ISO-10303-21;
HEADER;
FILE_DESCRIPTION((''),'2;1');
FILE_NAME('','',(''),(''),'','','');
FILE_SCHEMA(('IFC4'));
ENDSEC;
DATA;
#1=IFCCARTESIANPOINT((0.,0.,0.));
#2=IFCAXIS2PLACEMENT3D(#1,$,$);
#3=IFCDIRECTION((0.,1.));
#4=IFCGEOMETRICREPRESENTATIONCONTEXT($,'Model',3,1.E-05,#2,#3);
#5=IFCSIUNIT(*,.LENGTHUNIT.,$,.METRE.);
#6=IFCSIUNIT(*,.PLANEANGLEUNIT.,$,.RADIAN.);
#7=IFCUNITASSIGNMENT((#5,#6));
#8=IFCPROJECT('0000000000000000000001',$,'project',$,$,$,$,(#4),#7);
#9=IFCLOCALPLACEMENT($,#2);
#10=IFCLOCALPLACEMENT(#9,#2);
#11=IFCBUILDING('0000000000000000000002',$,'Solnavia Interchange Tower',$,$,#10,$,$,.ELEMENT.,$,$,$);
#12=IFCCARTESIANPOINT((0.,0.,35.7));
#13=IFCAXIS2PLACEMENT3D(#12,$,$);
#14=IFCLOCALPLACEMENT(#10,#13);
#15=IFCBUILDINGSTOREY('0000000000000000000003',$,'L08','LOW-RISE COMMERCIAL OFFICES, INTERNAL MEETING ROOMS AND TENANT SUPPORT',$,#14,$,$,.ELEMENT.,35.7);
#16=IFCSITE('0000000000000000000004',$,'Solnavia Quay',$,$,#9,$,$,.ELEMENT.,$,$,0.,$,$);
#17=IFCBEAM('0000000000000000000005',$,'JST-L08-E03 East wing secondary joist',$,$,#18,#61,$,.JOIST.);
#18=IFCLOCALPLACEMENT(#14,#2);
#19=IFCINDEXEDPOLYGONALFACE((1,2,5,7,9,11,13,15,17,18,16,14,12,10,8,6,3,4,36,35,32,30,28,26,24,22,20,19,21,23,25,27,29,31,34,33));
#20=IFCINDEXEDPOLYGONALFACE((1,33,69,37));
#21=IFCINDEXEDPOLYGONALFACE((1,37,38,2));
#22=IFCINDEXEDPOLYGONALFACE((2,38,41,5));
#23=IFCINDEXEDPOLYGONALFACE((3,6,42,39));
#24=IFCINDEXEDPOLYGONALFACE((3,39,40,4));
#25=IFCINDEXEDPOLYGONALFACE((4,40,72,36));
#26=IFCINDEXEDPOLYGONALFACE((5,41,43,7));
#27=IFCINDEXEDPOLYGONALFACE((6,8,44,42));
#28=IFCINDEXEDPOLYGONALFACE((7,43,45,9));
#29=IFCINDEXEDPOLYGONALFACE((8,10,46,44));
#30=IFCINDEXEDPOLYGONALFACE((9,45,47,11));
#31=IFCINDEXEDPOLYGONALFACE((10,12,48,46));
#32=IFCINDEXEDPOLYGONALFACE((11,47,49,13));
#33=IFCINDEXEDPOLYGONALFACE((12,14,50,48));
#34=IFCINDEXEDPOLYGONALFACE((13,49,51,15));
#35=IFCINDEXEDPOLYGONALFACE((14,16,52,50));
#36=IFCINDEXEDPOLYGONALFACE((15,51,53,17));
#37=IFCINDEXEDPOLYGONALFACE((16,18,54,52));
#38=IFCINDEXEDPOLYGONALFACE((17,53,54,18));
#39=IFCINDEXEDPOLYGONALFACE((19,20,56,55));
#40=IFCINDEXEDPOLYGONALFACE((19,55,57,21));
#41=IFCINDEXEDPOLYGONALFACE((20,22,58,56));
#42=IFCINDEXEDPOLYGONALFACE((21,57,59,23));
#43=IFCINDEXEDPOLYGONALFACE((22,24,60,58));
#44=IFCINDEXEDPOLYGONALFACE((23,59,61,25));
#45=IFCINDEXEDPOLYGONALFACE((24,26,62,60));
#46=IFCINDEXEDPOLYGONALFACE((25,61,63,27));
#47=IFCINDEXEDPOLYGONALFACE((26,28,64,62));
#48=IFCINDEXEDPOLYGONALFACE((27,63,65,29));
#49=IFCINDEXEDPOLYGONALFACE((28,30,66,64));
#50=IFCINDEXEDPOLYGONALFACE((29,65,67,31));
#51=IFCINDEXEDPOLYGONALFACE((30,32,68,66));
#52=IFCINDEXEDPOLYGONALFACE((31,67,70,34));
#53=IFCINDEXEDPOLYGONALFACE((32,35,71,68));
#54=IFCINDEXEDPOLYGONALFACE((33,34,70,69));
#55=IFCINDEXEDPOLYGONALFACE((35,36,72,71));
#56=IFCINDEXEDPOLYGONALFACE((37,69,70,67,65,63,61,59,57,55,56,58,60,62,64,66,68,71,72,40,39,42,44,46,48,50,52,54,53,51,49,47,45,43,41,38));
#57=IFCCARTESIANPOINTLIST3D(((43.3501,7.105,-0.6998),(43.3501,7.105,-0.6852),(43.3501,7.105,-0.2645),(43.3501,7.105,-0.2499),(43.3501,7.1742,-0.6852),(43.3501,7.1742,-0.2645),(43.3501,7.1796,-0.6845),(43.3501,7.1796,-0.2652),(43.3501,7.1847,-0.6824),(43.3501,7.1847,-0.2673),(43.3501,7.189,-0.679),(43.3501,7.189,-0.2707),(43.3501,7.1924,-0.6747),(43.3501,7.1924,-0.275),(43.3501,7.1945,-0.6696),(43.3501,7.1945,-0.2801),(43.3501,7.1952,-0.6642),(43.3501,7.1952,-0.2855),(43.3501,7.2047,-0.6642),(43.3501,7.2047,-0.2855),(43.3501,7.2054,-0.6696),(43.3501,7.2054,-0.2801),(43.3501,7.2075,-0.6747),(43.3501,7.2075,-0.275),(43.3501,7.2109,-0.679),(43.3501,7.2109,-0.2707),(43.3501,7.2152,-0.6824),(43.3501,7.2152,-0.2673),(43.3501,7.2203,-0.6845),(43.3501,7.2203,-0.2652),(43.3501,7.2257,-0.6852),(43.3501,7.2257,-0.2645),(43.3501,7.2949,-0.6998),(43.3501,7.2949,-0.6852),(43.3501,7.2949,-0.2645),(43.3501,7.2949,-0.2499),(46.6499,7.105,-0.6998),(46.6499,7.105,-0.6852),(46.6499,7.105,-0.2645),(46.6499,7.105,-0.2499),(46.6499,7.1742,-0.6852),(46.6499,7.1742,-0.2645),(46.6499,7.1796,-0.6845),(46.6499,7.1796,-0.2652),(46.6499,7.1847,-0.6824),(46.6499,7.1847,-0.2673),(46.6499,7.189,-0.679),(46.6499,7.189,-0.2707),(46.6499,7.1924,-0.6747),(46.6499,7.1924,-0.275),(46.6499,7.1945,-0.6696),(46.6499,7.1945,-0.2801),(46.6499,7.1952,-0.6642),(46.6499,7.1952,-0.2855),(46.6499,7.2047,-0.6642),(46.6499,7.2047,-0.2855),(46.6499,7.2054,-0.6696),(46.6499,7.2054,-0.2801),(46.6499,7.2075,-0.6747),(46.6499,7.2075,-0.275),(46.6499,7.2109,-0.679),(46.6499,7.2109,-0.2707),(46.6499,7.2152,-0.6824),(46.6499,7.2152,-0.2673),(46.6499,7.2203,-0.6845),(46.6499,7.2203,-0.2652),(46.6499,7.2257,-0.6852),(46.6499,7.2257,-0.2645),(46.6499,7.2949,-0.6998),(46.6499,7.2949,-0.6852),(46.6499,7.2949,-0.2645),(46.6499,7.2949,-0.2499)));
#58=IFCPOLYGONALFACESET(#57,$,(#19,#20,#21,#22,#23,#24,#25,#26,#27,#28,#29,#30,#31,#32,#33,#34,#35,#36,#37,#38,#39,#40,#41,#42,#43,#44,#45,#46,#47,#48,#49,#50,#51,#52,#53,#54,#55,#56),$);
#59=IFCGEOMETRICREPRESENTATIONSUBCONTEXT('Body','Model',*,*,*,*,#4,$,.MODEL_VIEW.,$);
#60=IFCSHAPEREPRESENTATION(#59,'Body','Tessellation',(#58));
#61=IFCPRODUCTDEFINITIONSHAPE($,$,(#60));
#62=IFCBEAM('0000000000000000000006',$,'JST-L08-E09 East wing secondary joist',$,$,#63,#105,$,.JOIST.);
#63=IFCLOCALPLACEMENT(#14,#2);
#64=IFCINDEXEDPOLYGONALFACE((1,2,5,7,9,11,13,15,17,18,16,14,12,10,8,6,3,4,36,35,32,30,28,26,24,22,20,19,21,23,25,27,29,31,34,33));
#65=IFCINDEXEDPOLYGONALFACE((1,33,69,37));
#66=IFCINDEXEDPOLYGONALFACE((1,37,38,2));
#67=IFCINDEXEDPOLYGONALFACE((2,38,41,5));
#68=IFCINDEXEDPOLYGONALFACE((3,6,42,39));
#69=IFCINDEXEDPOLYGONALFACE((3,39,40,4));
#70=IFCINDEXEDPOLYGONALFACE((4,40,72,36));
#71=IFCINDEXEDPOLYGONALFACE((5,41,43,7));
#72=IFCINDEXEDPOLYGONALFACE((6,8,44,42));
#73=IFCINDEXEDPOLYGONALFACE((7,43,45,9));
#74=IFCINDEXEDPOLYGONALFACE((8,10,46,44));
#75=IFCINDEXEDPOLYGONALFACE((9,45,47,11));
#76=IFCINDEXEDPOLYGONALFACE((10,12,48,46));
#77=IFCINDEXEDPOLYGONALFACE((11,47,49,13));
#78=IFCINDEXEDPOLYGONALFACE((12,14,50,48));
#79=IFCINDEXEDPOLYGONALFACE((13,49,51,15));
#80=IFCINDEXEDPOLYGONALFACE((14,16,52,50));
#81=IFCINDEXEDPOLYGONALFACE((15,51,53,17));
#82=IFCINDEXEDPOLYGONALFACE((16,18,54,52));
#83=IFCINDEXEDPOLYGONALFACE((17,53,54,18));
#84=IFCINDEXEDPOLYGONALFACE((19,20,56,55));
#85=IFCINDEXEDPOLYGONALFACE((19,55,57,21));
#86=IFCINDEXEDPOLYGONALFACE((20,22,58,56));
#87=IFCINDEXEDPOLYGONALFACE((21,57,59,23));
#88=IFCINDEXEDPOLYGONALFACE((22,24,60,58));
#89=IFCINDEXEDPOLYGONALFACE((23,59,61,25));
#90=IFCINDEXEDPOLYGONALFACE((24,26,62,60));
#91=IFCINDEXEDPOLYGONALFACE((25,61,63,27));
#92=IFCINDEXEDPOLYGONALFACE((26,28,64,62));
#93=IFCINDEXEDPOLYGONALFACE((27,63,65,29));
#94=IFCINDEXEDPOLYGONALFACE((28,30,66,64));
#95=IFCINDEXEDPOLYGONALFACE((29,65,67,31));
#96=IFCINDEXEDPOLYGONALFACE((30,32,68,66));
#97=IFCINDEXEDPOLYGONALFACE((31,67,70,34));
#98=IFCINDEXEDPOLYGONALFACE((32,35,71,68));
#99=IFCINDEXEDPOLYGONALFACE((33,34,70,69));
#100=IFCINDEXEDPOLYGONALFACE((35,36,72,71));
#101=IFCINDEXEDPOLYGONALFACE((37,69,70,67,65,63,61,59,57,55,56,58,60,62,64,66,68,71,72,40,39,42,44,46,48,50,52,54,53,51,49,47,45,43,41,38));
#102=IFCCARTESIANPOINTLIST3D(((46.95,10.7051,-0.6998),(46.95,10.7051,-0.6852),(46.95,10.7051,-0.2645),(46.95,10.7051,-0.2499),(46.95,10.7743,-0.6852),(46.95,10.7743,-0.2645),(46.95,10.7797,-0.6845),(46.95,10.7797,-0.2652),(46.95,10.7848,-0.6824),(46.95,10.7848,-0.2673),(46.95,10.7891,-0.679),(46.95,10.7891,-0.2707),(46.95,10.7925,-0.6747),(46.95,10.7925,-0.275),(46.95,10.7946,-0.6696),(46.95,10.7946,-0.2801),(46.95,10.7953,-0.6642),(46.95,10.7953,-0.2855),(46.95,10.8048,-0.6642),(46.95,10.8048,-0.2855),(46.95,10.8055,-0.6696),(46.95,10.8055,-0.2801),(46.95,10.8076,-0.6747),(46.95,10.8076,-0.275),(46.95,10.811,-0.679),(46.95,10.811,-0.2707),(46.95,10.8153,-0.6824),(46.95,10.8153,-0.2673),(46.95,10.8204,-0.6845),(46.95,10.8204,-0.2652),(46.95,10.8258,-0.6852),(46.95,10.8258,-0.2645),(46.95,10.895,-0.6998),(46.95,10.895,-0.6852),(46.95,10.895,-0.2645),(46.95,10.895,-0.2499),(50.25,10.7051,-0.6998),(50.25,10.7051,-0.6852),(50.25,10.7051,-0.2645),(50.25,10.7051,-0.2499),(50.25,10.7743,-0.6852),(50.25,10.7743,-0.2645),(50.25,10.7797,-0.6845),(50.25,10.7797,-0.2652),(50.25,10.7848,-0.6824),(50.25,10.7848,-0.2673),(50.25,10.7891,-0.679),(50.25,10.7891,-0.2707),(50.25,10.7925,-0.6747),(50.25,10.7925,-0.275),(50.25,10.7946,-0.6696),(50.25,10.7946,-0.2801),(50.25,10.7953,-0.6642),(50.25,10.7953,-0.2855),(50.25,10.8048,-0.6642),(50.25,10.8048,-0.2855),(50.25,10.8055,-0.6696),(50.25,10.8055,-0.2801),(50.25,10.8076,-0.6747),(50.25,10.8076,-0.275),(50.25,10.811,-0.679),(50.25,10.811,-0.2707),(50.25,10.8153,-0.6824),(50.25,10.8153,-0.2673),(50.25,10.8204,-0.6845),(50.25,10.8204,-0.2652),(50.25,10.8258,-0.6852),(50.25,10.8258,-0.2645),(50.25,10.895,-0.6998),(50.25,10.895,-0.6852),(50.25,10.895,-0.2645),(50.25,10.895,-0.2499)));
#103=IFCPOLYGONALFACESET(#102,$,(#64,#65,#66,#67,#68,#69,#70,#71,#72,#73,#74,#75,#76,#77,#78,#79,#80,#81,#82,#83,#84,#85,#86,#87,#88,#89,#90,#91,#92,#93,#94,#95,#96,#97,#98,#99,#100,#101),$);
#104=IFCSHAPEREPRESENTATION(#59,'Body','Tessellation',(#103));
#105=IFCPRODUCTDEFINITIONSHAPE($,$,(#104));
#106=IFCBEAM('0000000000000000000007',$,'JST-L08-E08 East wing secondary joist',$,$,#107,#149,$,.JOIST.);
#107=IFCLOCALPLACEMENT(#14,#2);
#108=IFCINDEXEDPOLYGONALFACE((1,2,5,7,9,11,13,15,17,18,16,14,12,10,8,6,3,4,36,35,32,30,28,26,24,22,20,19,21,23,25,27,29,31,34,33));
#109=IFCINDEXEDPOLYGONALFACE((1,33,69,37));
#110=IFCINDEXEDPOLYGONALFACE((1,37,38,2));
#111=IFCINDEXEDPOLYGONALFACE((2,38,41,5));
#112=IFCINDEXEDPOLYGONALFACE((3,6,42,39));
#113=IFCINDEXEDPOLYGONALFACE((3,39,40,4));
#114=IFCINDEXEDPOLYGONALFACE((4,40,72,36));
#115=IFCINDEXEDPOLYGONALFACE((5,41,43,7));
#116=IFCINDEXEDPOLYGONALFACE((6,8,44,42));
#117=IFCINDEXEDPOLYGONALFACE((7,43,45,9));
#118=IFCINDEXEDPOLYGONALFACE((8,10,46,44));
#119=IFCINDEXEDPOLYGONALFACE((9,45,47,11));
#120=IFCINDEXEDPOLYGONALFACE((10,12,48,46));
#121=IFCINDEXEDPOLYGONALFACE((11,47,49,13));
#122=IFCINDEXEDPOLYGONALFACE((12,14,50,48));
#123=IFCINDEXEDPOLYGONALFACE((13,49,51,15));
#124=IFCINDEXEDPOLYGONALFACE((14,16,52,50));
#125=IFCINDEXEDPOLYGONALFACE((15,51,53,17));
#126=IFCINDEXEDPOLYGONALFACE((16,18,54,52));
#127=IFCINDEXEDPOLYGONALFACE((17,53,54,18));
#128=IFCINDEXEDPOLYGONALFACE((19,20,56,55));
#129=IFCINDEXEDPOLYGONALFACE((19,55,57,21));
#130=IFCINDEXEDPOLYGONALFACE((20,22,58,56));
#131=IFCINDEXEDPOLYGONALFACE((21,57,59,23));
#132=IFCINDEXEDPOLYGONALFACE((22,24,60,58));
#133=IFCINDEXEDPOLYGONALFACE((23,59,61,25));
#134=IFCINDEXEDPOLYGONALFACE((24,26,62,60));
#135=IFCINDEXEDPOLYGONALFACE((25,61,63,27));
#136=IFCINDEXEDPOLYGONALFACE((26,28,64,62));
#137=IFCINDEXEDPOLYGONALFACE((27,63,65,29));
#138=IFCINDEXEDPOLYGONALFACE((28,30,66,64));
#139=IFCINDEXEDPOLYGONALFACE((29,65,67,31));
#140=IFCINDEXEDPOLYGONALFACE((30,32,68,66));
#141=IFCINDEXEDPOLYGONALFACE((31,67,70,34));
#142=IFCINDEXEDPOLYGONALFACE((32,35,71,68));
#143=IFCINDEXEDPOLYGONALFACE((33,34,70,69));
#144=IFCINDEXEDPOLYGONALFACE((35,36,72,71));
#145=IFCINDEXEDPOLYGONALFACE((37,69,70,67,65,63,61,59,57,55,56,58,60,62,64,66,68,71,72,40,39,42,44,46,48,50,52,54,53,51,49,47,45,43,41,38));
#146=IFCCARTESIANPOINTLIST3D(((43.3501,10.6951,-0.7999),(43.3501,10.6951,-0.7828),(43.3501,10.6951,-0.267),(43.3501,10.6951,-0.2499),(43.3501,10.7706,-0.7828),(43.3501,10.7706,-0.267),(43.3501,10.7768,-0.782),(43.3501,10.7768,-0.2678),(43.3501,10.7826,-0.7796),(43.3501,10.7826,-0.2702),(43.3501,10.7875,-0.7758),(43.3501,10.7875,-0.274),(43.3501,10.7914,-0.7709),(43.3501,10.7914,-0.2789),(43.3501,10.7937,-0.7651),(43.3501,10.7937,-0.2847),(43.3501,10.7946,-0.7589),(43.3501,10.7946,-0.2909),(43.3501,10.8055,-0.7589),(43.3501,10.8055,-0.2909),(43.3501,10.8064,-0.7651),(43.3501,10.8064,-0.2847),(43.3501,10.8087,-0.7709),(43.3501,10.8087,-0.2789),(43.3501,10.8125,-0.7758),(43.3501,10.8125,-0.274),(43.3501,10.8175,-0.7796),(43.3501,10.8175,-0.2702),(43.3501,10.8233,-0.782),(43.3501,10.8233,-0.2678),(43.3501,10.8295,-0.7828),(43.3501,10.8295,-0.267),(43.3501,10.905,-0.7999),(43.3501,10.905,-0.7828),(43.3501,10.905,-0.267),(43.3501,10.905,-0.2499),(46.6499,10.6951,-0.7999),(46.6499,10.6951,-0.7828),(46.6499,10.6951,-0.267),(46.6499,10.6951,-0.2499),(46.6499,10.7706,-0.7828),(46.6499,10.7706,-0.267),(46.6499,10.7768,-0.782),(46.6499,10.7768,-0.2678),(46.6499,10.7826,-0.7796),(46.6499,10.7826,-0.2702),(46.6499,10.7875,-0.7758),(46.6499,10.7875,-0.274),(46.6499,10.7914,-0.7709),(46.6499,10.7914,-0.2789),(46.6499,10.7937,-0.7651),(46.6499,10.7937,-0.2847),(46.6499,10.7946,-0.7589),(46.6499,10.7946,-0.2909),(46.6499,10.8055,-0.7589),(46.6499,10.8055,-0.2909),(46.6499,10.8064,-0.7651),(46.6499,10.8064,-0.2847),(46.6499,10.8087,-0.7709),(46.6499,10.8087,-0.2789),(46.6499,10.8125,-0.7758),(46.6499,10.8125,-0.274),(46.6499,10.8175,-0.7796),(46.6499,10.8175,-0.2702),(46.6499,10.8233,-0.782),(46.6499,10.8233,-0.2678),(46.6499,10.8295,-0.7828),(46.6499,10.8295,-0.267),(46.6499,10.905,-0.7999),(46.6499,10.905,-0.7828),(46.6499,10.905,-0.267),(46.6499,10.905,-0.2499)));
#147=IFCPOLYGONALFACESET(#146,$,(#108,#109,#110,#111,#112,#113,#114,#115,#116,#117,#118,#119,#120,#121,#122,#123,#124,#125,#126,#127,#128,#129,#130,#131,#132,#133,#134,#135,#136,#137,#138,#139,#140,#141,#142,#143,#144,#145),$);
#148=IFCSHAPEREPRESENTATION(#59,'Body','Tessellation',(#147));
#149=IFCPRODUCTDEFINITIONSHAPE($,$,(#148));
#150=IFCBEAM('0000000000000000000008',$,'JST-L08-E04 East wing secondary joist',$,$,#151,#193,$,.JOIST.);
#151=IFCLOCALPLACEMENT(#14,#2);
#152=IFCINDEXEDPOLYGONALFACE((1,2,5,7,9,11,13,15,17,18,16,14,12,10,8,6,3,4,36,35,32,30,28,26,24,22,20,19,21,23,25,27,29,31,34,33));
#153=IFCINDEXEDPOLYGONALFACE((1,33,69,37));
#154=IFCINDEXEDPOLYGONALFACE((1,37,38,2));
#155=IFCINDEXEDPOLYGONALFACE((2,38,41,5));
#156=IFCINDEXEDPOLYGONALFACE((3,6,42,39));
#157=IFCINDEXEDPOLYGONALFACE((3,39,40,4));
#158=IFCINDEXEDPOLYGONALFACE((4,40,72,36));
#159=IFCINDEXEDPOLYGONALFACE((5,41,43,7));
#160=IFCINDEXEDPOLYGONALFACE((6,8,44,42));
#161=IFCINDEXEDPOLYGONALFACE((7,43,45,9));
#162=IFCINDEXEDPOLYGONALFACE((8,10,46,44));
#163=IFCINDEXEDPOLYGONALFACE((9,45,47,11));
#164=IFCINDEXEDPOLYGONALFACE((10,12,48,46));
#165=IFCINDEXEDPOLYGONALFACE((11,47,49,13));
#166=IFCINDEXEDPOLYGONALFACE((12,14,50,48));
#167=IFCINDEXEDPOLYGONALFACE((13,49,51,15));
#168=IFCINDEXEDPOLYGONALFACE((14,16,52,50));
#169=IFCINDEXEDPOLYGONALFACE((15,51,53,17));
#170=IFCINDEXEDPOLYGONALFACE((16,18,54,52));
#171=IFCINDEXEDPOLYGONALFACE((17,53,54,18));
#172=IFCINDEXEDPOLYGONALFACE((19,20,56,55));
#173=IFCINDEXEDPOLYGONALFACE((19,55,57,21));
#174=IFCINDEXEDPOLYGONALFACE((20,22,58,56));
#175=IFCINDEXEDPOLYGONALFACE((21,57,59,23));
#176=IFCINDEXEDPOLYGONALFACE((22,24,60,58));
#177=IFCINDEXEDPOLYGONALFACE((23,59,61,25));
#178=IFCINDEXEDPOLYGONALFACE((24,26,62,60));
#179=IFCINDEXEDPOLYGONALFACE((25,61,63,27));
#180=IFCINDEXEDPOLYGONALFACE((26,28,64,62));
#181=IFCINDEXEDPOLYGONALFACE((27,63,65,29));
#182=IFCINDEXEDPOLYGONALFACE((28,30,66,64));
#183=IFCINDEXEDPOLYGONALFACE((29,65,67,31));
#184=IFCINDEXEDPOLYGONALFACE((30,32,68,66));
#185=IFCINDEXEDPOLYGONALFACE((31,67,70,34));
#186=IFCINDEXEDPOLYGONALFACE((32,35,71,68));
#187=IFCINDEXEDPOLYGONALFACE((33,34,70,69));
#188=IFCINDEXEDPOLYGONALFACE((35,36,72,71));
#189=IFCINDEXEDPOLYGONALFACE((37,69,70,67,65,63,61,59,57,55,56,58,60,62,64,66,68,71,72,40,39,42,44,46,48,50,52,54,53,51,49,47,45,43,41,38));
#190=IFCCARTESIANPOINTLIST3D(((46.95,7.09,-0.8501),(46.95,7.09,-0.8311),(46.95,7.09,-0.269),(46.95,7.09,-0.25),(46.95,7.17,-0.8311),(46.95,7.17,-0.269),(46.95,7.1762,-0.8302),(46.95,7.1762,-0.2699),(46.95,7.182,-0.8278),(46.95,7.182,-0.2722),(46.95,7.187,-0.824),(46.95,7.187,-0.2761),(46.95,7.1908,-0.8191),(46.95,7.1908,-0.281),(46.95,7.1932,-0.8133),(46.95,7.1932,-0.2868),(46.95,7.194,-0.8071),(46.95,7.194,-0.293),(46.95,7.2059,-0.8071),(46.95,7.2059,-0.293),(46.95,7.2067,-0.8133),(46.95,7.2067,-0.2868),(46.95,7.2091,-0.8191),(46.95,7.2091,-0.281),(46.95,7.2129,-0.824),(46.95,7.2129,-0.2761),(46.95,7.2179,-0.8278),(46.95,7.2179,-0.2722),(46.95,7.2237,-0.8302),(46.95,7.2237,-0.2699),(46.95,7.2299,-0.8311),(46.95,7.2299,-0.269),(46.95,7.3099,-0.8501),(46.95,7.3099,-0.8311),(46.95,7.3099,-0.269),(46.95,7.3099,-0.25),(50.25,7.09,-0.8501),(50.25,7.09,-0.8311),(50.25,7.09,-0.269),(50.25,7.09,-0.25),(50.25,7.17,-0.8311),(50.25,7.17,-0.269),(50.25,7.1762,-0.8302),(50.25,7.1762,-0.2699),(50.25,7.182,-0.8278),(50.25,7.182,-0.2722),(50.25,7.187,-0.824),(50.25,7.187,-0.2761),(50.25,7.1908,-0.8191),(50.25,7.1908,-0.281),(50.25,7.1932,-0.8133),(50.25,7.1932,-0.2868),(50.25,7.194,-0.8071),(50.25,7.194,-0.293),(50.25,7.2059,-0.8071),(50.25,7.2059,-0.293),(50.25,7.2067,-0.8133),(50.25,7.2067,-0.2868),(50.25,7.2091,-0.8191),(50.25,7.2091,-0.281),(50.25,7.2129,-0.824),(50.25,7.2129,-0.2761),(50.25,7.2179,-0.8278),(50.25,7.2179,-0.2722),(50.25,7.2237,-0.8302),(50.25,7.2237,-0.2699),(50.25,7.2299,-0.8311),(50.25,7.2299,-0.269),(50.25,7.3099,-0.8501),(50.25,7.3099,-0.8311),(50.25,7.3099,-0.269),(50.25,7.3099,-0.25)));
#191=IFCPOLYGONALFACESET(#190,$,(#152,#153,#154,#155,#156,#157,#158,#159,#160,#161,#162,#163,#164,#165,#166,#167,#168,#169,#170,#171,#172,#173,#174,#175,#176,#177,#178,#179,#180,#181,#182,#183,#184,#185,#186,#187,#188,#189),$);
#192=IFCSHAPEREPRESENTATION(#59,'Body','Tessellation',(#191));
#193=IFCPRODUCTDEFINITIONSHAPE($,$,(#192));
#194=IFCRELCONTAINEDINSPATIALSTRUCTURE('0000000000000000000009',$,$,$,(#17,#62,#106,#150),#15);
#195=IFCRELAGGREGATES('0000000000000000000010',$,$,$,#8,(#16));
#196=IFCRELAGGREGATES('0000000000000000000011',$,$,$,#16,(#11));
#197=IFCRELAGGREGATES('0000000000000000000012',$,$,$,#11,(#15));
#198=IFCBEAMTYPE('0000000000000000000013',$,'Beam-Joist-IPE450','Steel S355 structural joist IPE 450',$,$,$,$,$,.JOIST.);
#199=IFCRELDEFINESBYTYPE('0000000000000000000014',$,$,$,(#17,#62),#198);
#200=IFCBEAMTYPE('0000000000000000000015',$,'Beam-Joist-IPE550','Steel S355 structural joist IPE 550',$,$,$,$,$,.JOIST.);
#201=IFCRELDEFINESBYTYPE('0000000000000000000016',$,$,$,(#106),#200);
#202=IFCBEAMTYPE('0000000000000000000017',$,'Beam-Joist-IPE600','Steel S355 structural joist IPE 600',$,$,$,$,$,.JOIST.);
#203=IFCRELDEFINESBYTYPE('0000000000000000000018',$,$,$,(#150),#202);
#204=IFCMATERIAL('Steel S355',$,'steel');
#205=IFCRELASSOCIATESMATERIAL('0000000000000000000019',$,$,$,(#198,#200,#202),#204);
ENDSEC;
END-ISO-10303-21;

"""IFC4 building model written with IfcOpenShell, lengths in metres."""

from ifc_helpers import new_model, si_unit, direction, frame, origin, origin_2d, place, context, subcontext, project, spatial, i_section, extrude, material, material_profile, profile_set, type_object, element, save


model = new_model("IFC4")

# Units and contexts
model_context = context("Model", 3, precision=1e-05, world=origin(), true_north=direction((0.0, 1.0)))
body_context = subcontext(model_context, "Body", "Model", "MODEL_VIEW")
ifc_project = project(units=[si_unit("LENGTHUNIT", "METRE"), si_unit("PLANEANGLEUNIT", "RADIAN")], contexts=[model_context])

# Site, building, storey
site_placement = place(None, origin())
site = spatial("IfcSite", under=ifc_project, at=site_placement, Name="Solnavia Quay", CompositionType="ELEMENT", RefElevation=0.0)
building_placement = place(site_placement, origin())
building = spatial("IfcBuilding", under=site, at=building_placement, Name="Solnavia Interchange Tower", CompositionType="ELEMENT")
storey_placement = place(building_placement, frame((0.0, 0.0, 35.7)))
storey = spatial("IfcBuildingStorey", under=building, at=storey_placement, Name="L08", Description="LOW-RISE COMMERCIAL OFFICES, INTERNAL MEETING ROOMS AND TENANT SUPPORT", CompositionType="ELEMENT", Elevation=35.7)

# Shared definitions
ifc_material_1 = material(Name="Steel S355", Category="steel")

# Beams
ifc_material_profile_1 = material_profile(ifc_material_1, i_section(OverallWidth=0.1899, OverallDepth=0.45, WebThickness=0.0095, FlangeThickness=0.0146, FilletRadius=0.021, at=origin_2d()), Name="IPE 450")
ifc_profile_set_1 = profile_set([ifc_material_profile_1], Name="Steel S355")
beam_type_1 = type_object("IfcBeamType", Name="Beam-Joist-IPE450", Description="Steel S355 structural joist IPE 450", PredefinedType="JOIST", material=ifc_profile_set_1)
beam_1_placement = place(storey_placement, frame((43.3501, 7.2, -0.4749), z_axis=(1.0, 0.0, 0.0), x_axis=(0.0, 1.0, 0.0)))
element("IfcBeam", 1, at=beam_1_placement, inside=storey, type_object=beam_type_1, Name="JST-L08-E03 East wing secondary joist", PredefinedType="JOIST", context=body_context, shape_type="SweptSolid", body=[
    extrude(i_section(OverallWidth=0.1899, OverallDepth=0.45, WebThickness=0.0095, FlangeThickness=0.0146, FilletRadius=0.021, at=origin_2d()), origin(), (0.0, 0.0, 1.0), 3.2998),
])
beam_2_placement = place(storey_placement, frame((46.95, 10.8, -0.4749), z_axis=(1.0, 0.0, 0.0), x_axis=(0.0, 1.0, 0.0)))
element("IfcBeam", 2, at=beam_2_placement, inside=storey, type_object=beam_type_1, Name="JST-L08-E09 East wing secondary joist", PredefinedType="JOIST", context=body_context, shape_type="SweptSolid", body=[
    extrude(i_section(OverallWidth=0.1899, OverallDepth=0.45, WebThickness=0.0095, FlangeThickness=0.0146, FilletRadius=0.021, at=origin_2d()), origin(), (0.0, 0.0, 1.0), 3.3),
])
ifc_material_profile_2 = material_profile(ifc_material_1, i_section(OverallWidth=0.21, OverallDepth=0.55, WebThickness=0.011, FlangeThickness=0.0171, FilletRadius=0.0239, at=origin_2d()), Name="IPE 550")
ifc_profile_set_2 = profile_set([ifc_material_profile_2], Name="Steel S355")
beam_type_2 = type_object("IfcBeamType", Name="Beam-Joist-IPE550", Description="Steel S355 structural joist IPE 550", PredefinedType="JOIST", material=ifc_profile_set_2)
beam_3_placement = place(storey_placement, frame((43.3501, 10.8, -0.5249), z_axis=(1.0, 0.0, 0.0), x_axis=(0.0, 1.0, 0.0)))
element("IfcBeam", 3, at=beam_3_placement, inside=storey, type_object=beam_type_2, Name="JST-L08-E08 East wing secondary joist", PredefinedType="JOIST", context=body_context, shape_type="SweptSolid", body=[
    extrude(i_section(OverallWidth=0.21, OverallDepth=0.55, WebThickness=0.011, FlangeThickness=0.0171, FilletRadius=0.0239, at=origin_2d()), origin(), (0.0, 0.0, 1.0), 3.2998),
])
ifc_material_profile_3 = material_profile(ifc_material_1, i_section(OverallWidth=0.22, OverallDepth=0.6001, WebThickness=0.012, FlangeThickness=0.019, FilletRadius=0.0239, at=origin_2d()), Name="IPE 600")
ifc_profile_set_3 = profile_set([ifc_material_profile_3], Name="Steel S355")
beam_type_3 = type_object("IfcBeamType", Name="Beam-Joist-IPE600", Description="Steel S355 structural joist IPE 600", PredefinedType="JOIST", material=ifc_profile_set_3)
beam_4_placement = place(storey_placement, frame((46.95, 7.2, -0.55), z_axis=(1.0, 0.0, 0.0), x_axis=(0.0, 1.0, 0.0)))
element("IfcBeam", 4, at=beam_4_placement, inside=storey, type_object=beam_type_3, Name="JST-L08-E04 East wing secondary joist", PredefinedType="JOIST", context=body_context, shape_type="SweptSolid", body=[
    extrude(i_section(OverallWidth=0.22, OverallDepth=0.6001, WebThickness=0.012, FlangeThickness=0.019, FilletRadius=0.0239, at=origin_2d()), origin(), (0.0, 0.0, 1.0), 3.3),
])

save(model, "model.ifc")
